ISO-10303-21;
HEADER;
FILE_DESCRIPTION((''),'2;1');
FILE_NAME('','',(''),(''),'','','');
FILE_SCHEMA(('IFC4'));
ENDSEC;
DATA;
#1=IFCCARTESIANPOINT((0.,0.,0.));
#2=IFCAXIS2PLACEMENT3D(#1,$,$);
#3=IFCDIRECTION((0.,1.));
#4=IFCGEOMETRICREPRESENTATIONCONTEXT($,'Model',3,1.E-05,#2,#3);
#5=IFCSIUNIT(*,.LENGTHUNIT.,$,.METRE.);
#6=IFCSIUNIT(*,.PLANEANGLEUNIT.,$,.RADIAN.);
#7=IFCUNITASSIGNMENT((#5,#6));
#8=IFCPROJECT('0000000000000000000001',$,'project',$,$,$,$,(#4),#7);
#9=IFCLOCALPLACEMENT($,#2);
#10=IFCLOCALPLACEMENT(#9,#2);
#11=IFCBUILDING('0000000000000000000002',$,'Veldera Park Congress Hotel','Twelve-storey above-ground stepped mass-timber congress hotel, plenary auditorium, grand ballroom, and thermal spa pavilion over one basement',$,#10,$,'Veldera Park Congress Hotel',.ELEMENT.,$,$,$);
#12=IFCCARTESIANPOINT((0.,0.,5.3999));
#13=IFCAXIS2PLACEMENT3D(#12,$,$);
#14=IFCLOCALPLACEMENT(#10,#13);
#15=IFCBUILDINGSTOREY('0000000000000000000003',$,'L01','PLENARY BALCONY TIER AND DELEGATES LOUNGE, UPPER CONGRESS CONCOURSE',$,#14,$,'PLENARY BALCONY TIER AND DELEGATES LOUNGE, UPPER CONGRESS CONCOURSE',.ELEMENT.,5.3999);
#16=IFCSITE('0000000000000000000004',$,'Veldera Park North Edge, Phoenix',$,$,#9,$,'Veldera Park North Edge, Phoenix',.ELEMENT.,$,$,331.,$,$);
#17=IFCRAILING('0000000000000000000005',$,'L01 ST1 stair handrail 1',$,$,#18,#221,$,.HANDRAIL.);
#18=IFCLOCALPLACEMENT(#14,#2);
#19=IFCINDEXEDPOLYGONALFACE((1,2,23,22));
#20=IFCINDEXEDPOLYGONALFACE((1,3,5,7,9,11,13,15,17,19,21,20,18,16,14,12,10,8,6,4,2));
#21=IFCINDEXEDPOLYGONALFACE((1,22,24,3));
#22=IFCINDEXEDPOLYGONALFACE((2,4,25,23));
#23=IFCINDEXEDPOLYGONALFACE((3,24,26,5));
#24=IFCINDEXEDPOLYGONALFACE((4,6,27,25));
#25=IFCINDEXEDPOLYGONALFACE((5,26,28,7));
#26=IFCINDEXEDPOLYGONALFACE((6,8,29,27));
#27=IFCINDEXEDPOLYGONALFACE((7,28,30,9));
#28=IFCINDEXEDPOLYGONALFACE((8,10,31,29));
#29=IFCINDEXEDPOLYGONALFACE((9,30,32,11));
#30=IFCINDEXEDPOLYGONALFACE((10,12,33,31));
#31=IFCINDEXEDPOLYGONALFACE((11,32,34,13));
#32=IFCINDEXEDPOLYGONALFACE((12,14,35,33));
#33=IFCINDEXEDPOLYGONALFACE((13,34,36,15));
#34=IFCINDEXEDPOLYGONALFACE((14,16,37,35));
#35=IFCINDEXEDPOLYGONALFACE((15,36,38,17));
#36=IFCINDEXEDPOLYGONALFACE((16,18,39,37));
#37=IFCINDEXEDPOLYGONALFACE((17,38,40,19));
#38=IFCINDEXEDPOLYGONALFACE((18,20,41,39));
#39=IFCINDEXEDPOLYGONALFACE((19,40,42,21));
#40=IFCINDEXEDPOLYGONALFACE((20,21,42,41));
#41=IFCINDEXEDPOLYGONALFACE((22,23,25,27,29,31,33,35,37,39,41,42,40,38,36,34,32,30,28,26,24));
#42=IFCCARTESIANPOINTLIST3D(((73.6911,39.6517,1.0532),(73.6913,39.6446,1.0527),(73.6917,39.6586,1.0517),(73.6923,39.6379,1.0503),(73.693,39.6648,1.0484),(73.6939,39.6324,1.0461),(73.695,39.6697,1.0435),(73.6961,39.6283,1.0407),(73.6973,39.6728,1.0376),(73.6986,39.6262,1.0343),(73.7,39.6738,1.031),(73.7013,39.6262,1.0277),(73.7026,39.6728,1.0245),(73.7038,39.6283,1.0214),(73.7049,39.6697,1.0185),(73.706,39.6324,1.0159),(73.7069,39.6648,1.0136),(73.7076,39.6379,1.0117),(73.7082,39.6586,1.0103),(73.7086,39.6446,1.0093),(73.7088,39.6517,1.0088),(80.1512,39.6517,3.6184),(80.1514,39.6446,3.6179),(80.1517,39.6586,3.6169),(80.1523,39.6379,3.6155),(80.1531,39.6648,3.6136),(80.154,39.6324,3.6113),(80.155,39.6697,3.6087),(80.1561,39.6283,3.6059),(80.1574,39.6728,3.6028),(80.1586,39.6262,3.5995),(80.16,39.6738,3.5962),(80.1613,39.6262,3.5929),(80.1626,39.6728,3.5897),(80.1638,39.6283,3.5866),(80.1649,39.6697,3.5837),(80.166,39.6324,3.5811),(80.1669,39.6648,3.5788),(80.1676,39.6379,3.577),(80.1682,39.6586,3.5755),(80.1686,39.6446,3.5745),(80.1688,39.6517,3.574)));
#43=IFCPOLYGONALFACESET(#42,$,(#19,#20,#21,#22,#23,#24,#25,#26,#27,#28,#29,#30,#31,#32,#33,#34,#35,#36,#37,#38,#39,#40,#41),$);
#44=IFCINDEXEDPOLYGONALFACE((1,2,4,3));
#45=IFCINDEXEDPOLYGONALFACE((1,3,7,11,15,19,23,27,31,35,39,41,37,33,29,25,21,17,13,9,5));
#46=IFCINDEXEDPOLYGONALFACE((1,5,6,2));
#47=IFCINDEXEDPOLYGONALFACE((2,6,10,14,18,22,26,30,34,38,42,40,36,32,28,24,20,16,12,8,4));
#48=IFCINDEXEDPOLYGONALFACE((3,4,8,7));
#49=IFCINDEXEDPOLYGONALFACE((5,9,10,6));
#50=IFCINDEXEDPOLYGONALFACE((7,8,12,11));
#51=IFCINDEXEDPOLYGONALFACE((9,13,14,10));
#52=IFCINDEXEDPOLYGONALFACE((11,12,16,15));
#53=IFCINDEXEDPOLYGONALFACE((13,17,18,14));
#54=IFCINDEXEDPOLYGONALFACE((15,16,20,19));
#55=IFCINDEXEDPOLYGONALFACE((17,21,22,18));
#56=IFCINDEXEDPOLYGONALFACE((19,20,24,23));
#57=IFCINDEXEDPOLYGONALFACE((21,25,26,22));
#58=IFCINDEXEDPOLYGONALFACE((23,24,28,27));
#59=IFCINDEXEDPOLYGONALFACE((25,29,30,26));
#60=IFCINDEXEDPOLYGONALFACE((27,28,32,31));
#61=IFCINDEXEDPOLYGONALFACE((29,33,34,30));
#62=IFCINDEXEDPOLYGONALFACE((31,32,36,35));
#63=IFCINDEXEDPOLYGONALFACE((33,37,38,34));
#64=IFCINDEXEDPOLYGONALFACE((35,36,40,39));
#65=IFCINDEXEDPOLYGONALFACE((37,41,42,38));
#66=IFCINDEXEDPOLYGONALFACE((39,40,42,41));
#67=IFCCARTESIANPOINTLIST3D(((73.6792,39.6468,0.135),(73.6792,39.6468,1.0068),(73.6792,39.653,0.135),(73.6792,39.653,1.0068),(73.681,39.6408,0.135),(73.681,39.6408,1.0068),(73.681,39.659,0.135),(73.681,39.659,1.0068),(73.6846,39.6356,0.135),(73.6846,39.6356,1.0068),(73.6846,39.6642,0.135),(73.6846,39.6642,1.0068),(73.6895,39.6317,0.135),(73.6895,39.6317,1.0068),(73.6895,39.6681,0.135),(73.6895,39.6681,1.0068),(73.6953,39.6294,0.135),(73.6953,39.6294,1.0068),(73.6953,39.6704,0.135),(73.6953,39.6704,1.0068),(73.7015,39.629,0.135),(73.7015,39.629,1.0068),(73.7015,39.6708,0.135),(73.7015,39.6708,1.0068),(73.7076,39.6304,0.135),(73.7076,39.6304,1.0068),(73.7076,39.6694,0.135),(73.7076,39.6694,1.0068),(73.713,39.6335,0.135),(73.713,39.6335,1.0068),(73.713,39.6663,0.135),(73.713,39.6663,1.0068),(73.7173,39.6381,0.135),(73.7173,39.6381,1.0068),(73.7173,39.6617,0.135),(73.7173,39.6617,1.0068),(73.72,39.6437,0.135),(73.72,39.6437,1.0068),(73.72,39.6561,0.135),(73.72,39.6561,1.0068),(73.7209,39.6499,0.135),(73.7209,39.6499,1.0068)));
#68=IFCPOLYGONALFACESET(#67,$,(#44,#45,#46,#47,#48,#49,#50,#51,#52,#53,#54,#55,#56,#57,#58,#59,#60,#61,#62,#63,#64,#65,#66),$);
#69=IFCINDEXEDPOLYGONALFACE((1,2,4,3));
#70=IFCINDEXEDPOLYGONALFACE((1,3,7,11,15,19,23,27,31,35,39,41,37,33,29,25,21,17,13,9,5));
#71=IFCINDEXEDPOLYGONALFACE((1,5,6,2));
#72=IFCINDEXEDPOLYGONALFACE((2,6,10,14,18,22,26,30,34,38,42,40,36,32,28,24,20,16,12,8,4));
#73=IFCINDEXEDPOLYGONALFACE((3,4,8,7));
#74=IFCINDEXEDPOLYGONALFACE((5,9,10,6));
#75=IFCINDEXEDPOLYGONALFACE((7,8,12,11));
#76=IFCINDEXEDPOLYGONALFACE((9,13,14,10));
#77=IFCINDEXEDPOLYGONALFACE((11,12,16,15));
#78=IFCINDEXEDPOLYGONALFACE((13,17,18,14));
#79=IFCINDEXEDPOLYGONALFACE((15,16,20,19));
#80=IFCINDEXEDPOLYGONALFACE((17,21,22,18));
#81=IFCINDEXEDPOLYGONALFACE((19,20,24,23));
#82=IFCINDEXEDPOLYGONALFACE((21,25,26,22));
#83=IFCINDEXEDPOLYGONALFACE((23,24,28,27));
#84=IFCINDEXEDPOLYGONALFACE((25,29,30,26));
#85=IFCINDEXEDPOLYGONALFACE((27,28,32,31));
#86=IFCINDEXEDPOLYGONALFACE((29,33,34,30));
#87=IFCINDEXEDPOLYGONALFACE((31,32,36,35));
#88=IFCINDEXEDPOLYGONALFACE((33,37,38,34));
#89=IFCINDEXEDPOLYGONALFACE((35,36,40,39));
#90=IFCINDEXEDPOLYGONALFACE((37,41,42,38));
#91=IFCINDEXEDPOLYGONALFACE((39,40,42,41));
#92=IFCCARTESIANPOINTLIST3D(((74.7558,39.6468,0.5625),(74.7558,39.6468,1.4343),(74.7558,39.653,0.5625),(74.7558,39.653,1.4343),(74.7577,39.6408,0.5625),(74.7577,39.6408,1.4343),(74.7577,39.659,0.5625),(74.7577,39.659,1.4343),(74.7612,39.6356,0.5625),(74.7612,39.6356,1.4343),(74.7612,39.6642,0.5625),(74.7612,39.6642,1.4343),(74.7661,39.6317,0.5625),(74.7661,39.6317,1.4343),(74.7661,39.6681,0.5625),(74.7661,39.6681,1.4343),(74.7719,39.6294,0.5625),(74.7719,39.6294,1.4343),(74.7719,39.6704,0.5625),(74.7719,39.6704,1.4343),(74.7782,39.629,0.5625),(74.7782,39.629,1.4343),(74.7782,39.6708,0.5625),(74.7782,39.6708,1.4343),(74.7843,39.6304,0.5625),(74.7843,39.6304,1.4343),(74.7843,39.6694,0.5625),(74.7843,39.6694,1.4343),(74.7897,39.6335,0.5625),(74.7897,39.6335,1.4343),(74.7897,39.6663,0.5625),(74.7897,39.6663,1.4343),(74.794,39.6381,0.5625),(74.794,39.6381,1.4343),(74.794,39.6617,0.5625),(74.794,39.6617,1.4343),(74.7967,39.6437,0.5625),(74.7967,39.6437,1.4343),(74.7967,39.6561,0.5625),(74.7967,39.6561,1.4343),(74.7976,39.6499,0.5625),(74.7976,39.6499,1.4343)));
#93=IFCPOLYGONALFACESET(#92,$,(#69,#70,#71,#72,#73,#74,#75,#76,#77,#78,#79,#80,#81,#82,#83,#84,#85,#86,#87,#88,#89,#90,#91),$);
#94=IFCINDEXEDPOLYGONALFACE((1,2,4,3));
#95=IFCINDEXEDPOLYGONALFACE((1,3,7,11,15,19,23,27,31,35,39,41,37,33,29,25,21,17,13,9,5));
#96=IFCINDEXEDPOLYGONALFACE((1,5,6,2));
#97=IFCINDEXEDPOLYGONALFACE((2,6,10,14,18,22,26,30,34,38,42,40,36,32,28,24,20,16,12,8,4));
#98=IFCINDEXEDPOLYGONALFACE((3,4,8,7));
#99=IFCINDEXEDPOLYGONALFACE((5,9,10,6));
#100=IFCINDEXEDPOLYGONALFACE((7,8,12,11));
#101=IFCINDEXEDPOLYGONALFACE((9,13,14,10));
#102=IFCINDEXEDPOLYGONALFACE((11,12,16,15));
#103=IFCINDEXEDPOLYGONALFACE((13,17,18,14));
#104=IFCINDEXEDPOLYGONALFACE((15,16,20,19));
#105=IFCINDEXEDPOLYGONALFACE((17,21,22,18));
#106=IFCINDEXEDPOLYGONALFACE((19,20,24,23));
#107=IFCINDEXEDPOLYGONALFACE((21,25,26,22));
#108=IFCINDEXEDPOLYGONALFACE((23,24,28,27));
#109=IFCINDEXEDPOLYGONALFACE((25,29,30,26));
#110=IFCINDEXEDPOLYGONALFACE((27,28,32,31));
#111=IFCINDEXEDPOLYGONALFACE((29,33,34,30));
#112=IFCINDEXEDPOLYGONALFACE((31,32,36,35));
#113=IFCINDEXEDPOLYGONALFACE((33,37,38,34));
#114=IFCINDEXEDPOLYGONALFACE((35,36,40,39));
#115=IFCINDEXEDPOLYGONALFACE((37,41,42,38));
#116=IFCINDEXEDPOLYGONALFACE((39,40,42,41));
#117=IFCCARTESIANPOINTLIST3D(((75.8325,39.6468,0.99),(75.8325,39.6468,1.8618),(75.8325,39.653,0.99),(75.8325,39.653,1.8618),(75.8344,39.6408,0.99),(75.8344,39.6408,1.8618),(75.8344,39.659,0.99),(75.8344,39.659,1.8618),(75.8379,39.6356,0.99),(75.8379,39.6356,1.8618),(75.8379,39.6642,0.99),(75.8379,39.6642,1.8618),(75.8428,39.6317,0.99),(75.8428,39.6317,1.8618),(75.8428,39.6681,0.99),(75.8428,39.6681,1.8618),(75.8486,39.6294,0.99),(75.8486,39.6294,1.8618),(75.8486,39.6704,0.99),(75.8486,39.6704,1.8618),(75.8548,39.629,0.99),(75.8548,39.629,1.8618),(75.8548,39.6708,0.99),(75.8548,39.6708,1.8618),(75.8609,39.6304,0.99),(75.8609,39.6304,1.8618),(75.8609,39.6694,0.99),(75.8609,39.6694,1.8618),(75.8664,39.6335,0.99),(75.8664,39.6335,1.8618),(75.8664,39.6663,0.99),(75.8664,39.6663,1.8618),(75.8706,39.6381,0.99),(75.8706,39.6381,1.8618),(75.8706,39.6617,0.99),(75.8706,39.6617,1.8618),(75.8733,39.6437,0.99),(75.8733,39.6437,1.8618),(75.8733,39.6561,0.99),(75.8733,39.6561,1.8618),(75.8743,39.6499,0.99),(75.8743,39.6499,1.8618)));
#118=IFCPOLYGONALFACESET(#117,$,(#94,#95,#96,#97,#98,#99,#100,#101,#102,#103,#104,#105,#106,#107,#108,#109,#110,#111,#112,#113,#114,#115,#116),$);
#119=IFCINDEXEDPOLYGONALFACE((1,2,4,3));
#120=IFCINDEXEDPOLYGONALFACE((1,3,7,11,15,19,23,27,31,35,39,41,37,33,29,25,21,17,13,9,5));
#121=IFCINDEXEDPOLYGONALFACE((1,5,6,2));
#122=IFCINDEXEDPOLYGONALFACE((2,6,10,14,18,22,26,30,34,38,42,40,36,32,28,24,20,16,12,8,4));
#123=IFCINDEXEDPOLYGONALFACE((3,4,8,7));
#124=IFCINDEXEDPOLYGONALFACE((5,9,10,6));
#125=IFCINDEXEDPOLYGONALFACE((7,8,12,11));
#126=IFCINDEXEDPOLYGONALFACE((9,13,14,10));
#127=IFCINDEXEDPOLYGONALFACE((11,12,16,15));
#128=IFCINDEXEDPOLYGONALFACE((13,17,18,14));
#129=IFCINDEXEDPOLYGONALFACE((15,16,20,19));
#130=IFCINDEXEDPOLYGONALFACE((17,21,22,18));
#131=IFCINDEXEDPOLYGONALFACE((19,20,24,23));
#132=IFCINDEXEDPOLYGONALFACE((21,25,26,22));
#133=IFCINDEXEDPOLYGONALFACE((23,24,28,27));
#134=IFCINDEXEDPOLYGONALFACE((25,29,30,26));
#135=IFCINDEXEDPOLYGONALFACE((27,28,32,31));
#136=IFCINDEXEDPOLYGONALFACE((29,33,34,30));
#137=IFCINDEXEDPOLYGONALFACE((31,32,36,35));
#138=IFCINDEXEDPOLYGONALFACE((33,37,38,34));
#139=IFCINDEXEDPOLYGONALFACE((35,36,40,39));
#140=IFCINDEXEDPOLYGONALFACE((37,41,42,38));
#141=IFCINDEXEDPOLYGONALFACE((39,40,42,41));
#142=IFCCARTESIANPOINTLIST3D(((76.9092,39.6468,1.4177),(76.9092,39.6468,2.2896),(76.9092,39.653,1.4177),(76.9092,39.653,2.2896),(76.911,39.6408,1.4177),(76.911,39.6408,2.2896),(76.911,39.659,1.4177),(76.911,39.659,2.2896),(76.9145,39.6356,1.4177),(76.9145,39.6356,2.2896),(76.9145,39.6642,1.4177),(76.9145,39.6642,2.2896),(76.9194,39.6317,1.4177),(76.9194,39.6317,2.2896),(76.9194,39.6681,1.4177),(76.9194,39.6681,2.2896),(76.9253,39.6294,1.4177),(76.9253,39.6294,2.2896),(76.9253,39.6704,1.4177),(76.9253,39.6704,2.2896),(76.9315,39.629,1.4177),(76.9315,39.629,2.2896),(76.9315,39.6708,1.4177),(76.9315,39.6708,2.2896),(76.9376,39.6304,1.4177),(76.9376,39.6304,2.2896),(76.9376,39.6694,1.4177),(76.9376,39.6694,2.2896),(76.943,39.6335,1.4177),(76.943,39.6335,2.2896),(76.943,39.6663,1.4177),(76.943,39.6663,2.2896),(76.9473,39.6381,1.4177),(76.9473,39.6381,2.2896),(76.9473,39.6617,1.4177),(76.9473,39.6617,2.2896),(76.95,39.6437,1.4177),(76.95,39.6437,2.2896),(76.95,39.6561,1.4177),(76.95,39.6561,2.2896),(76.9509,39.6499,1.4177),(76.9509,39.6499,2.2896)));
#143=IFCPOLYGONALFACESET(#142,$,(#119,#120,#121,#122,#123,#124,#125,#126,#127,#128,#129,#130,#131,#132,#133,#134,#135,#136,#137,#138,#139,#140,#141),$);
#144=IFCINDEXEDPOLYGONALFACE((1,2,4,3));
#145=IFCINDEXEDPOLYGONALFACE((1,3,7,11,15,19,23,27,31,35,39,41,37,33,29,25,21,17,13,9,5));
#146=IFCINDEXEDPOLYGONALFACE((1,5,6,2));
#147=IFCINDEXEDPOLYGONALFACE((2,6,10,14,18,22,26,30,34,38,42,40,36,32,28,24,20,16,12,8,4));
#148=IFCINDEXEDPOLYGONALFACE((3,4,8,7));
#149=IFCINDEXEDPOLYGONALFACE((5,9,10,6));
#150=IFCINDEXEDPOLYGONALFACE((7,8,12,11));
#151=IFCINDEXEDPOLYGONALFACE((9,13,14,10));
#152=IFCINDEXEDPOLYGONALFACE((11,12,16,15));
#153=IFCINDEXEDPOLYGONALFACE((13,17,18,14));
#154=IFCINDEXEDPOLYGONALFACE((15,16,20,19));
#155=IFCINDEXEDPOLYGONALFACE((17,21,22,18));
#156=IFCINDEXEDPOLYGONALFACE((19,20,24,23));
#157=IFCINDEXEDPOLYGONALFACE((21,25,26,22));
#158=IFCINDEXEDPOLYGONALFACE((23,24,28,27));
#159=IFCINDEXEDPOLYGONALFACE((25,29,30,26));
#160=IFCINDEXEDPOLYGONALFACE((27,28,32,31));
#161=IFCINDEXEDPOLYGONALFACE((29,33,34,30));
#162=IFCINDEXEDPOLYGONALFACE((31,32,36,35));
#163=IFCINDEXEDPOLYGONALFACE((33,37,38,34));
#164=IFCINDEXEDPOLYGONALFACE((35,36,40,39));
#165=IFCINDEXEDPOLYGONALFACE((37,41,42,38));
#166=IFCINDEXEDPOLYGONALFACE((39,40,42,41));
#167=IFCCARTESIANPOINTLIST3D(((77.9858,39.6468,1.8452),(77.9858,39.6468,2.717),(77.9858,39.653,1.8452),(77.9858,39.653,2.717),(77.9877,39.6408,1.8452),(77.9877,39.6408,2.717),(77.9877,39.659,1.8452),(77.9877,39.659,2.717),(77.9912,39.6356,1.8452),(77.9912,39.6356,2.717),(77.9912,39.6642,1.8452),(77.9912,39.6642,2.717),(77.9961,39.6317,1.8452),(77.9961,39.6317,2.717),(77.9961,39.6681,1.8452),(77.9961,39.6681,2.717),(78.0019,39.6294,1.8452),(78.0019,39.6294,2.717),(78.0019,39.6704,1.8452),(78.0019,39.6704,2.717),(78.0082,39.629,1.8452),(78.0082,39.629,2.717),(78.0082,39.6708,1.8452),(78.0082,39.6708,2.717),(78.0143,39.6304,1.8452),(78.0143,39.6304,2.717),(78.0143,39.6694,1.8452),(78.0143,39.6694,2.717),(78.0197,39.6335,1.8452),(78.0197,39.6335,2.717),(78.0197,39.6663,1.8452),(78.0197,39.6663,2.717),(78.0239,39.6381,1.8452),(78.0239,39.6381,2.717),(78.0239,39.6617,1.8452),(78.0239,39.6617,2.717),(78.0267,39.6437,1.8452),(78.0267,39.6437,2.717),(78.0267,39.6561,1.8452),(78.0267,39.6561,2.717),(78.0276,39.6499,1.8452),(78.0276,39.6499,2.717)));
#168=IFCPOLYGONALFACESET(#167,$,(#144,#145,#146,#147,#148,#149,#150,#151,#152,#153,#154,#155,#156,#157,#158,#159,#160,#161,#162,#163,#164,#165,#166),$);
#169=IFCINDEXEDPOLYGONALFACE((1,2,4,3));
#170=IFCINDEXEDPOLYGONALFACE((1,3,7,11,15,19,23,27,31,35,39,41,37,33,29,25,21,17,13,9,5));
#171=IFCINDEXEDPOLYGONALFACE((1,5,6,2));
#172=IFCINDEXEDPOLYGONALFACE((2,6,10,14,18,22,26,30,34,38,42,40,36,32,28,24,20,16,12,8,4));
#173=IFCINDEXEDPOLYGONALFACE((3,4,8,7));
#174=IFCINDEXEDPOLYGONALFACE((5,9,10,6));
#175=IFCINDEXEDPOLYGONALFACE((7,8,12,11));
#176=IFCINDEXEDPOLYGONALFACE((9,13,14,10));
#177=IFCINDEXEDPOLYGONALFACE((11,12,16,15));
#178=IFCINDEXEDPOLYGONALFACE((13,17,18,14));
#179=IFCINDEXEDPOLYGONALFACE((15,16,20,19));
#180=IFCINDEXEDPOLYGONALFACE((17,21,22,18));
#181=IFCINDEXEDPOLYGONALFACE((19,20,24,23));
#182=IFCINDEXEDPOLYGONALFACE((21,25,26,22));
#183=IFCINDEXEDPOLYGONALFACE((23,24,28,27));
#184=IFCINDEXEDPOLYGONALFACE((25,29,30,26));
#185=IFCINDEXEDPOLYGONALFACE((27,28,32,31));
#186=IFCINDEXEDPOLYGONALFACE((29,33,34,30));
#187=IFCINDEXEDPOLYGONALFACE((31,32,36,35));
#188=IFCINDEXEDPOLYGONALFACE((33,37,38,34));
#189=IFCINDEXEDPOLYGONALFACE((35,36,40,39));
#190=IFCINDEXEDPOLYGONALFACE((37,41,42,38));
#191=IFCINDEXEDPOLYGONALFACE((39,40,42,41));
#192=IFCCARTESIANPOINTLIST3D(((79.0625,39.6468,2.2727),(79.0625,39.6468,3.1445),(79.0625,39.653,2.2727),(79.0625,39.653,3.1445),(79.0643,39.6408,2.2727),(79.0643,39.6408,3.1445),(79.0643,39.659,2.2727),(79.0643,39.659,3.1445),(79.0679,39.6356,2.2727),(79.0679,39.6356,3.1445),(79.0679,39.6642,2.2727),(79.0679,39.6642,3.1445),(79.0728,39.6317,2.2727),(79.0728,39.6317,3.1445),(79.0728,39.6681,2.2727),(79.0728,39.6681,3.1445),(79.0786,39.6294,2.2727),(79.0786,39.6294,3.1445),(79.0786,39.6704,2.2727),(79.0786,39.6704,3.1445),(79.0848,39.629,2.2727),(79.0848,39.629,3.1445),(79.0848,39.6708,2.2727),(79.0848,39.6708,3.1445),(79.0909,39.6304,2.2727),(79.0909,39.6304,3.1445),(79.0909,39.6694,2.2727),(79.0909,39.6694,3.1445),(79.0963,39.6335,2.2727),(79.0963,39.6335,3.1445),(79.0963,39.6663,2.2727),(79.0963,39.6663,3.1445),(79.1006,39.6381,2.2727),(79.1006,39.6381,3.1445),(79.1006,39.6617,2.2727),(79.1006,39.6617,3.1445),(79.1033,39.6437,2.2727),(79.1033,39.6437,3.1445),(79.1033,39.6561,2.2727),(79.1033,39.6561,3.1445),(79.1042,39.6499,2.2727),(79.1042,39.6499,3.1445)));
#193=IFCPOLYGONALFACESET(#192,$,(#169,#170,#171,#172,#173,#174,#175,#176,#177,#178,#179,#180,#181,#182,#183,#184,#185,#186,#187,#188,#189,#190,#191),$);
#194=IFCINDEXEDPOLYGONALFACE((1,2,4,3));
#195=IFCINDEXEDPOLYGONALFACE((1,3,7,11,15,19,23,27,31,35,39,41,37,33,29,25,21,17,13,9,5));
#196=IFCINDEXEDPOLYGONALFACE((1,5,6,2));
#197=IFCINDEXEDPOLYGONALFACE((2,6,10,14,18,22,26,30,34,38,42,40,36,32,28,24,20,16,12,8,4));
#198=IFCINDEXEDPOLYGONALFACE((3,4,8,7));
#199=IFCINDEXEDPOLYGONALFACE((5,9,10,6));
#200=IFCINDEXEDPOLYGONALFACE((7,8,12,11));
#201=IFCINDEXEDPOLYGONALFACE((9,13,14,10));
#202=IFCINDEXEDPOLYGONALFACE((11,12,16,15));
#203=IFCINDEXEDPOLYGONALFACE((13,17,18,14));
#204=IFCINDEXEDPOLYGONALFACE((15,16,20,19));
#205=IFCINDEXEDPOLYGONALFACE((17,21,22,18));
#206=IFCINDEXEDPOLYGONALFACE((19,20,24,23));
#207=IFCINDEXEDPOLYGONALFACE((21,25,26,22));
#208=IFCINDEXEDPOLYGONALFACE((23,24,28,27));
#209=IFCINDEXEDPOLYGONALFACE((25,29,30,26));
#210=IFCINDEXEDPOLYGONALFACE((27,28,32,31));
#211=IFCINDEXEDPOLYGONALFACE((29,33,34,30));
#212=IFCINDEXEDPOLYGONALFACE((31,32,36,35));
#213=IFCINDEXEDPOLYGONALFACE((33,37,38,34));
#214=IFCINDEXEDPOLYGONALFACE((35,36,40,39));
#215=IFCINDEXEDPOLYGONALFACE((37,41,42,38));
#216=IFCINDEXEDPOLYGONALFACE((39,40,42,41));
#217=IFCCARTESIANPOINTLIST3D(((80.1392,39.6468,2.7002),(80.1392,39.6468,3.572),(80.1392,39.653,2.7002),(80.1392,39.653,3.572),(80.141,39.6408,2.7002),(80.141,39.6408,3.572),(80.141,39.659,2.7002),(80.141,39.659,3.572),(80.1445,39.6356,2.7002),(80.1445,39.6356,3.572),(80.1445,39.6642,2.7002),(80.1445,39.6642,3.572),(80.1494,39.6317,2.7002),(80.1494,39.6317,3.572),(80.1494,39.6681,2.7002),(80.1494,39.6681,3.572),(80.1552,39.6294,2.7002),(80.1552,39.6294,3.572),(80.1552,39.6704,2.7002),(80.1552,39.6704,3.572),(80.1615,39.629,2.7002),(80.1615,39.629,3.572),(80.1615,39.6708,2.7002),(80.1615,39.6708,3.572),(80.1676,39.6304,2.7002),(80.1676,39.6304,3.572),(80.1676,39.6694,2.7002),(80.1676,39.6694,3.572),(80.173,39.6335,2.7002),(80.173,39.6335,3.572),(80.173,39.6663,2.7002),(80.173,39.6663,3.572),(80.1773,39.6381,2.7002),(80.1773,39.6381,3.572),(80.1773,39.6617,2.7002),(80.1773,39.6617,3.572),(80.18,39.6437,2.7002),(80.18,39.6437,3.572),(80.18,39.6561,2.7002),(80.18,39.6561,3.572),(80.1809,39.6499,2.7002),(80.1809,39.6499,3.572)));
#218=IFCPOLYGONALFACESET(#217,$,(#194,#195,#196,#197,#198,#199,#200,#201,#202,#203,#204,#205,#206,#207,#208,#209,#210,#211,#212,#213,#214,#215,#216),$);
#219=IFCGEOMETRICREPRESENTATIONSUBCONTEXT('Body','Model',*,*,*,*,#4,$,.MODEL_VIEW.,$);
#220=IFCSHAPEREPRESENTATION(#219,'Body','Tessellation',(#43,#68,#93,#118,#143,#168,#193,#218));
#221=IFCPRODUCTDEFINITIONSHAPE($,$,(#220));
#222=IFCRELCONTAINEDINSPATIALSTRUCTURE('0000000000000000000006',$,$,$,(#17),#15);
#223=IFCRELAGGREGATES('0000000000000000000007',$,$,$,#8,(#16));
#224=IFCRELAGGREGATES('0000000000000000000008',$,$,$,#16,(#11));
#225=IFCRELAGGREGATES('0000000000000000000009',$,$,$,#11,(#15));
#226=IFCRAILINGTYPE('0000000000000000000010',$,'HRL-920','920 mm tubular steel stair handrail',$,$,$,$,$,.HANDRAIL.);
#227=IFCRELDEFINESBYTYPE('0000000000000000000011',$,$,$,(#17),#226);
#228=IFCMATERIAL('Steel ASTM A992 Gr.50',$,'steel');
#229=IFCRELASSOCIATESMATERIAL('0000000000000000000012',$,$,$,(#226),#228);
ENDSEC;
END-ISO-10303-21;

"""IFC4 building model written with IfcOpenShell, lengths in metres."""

from ifc_helpers import new_model, si_unit, direction, frame, origin, origin_2d, place, context, subcontext, project, spatial, circle, extrude, material, type_object, element, save


model = new_model("IFC4")

# Units and contexts
model_context = context("Model", 3, precision=1e-05, world=origin(), true_north=direction((0.0, 1.0)))
body_context = subcontext(model_context, "Body", "Model", "MODEL_VIEW")
ifc_project = project(units=[si_unit("LENGTHUNIT", "METRE"), si_unit("PLANEANGLEUNIT", "RADIAN")], contexts=[model_context])

# Site, building, storey
site_placement = place(None, origin())
site = spatial("IfcSite", under=ifc_project, at=site_placement, Name="Veldera Park North Edge, Phoenix", LongName="Veldera Park North Edge, Phoenix", CompositionType="ELEMENT", RefElevation=331.0)
building_placement = place(site_placement, origin())
building = spatial("IfcBuilding", under=site, at=building_placement, Name="Veldera Park Congress Hotel", Description="Twelve-storey above-ground stepped mass-timber congress hotel, plenary auditorium, grand ballroom, and thermal spa pavilion over one basement", LongName="Veldera Park Congress Hotel", CompositionType="ELEMENT")
storey_placement = place(building_placement, frame((0.0, 0.0, 5.3999)))
storey = spatial("IfcBuildingStorey", under=building, at=storey_placement, Name="L01", Description="PLENARY BALCONY TIER AND DELEGATES LOUNGE, UPPER CONGRESS CONCOURSE", LongName="PLENARY BALCONY TIER AND DELEGATES LOUNGE, UPPER CONGRESS CONCOURSE", CompositionType="ELEMENT", Elevation=5.3999)

# Railing
ifc_material_1 = material(Name="Steel ASTM A992 Gr.50", Category="steel")
railing_type_1 = type_object("IfcRailingType", Name="HRL-920", Description="920 mm tubular steel stair handrail", PredefinedType="HANDRAIL", material=ifc_material_1)
railing_1_placement = place(storey_placement, frame((73.7, 39.6499, 0.135)))
element("IfcRailing", 1, at=railing_1_placement, inside=storey, type_object=railing_type_1, Name="L01 ST1 stair handrail 1", PredefinedType="HANDRAIL", context=body_context, shape_type="SweptSolid", body=[
    extrude(circle(Radius=0.0239, at=origin_2d()), frame((0.0, 0.0, 0.896), z_axis=(0.929406, 0.0, 0.369058), x_axis=(0.0, 1.0, 0.0)), (0.0, 0.0, 1.0), 6.9507),
    extrude(circle(Radius=0.021, at=origin_2d()), origin(), (0.0, 0.0, 1.0), 0.8718),
    extrude(circle(Radius=0.021, at=origin_2d()), frame((1.0767, 0.0, 0.4275)), (0.0, 0.0, 1.0), 0.8718),
    extrude(circle(Radius=0.021, at=origin_2d()), frame((2.1533, 0.0, 0.855)), (0.0, 0.0, 1.0), 0.8718),
    extrude(circle(Radius=0.021, at=origin_2d()), frame((3.23, 0.0, 1.2827)), (0.0, 0.0, 1.0), 0.8718),
    extrude(circle(Radius=0.021, at=origin_2d()), frame((4.3066, 0.0, 1.7102)), (0.0, 0.0, 1.0), 0.8718),
    extrude(circle(Radius=0.021, at=origin_2d()), frame((5.3833, 0.0, 2.1377)), (0.0, 0.0, 1.0), 0.8718),
    extrude(circle(Radius=0.021, at=origin_2d()), frame((6.46, 0.0, 2.5652)), (0.0, 0.0, 1.0), 0.8718),
])

save(model, "model.ifc")
